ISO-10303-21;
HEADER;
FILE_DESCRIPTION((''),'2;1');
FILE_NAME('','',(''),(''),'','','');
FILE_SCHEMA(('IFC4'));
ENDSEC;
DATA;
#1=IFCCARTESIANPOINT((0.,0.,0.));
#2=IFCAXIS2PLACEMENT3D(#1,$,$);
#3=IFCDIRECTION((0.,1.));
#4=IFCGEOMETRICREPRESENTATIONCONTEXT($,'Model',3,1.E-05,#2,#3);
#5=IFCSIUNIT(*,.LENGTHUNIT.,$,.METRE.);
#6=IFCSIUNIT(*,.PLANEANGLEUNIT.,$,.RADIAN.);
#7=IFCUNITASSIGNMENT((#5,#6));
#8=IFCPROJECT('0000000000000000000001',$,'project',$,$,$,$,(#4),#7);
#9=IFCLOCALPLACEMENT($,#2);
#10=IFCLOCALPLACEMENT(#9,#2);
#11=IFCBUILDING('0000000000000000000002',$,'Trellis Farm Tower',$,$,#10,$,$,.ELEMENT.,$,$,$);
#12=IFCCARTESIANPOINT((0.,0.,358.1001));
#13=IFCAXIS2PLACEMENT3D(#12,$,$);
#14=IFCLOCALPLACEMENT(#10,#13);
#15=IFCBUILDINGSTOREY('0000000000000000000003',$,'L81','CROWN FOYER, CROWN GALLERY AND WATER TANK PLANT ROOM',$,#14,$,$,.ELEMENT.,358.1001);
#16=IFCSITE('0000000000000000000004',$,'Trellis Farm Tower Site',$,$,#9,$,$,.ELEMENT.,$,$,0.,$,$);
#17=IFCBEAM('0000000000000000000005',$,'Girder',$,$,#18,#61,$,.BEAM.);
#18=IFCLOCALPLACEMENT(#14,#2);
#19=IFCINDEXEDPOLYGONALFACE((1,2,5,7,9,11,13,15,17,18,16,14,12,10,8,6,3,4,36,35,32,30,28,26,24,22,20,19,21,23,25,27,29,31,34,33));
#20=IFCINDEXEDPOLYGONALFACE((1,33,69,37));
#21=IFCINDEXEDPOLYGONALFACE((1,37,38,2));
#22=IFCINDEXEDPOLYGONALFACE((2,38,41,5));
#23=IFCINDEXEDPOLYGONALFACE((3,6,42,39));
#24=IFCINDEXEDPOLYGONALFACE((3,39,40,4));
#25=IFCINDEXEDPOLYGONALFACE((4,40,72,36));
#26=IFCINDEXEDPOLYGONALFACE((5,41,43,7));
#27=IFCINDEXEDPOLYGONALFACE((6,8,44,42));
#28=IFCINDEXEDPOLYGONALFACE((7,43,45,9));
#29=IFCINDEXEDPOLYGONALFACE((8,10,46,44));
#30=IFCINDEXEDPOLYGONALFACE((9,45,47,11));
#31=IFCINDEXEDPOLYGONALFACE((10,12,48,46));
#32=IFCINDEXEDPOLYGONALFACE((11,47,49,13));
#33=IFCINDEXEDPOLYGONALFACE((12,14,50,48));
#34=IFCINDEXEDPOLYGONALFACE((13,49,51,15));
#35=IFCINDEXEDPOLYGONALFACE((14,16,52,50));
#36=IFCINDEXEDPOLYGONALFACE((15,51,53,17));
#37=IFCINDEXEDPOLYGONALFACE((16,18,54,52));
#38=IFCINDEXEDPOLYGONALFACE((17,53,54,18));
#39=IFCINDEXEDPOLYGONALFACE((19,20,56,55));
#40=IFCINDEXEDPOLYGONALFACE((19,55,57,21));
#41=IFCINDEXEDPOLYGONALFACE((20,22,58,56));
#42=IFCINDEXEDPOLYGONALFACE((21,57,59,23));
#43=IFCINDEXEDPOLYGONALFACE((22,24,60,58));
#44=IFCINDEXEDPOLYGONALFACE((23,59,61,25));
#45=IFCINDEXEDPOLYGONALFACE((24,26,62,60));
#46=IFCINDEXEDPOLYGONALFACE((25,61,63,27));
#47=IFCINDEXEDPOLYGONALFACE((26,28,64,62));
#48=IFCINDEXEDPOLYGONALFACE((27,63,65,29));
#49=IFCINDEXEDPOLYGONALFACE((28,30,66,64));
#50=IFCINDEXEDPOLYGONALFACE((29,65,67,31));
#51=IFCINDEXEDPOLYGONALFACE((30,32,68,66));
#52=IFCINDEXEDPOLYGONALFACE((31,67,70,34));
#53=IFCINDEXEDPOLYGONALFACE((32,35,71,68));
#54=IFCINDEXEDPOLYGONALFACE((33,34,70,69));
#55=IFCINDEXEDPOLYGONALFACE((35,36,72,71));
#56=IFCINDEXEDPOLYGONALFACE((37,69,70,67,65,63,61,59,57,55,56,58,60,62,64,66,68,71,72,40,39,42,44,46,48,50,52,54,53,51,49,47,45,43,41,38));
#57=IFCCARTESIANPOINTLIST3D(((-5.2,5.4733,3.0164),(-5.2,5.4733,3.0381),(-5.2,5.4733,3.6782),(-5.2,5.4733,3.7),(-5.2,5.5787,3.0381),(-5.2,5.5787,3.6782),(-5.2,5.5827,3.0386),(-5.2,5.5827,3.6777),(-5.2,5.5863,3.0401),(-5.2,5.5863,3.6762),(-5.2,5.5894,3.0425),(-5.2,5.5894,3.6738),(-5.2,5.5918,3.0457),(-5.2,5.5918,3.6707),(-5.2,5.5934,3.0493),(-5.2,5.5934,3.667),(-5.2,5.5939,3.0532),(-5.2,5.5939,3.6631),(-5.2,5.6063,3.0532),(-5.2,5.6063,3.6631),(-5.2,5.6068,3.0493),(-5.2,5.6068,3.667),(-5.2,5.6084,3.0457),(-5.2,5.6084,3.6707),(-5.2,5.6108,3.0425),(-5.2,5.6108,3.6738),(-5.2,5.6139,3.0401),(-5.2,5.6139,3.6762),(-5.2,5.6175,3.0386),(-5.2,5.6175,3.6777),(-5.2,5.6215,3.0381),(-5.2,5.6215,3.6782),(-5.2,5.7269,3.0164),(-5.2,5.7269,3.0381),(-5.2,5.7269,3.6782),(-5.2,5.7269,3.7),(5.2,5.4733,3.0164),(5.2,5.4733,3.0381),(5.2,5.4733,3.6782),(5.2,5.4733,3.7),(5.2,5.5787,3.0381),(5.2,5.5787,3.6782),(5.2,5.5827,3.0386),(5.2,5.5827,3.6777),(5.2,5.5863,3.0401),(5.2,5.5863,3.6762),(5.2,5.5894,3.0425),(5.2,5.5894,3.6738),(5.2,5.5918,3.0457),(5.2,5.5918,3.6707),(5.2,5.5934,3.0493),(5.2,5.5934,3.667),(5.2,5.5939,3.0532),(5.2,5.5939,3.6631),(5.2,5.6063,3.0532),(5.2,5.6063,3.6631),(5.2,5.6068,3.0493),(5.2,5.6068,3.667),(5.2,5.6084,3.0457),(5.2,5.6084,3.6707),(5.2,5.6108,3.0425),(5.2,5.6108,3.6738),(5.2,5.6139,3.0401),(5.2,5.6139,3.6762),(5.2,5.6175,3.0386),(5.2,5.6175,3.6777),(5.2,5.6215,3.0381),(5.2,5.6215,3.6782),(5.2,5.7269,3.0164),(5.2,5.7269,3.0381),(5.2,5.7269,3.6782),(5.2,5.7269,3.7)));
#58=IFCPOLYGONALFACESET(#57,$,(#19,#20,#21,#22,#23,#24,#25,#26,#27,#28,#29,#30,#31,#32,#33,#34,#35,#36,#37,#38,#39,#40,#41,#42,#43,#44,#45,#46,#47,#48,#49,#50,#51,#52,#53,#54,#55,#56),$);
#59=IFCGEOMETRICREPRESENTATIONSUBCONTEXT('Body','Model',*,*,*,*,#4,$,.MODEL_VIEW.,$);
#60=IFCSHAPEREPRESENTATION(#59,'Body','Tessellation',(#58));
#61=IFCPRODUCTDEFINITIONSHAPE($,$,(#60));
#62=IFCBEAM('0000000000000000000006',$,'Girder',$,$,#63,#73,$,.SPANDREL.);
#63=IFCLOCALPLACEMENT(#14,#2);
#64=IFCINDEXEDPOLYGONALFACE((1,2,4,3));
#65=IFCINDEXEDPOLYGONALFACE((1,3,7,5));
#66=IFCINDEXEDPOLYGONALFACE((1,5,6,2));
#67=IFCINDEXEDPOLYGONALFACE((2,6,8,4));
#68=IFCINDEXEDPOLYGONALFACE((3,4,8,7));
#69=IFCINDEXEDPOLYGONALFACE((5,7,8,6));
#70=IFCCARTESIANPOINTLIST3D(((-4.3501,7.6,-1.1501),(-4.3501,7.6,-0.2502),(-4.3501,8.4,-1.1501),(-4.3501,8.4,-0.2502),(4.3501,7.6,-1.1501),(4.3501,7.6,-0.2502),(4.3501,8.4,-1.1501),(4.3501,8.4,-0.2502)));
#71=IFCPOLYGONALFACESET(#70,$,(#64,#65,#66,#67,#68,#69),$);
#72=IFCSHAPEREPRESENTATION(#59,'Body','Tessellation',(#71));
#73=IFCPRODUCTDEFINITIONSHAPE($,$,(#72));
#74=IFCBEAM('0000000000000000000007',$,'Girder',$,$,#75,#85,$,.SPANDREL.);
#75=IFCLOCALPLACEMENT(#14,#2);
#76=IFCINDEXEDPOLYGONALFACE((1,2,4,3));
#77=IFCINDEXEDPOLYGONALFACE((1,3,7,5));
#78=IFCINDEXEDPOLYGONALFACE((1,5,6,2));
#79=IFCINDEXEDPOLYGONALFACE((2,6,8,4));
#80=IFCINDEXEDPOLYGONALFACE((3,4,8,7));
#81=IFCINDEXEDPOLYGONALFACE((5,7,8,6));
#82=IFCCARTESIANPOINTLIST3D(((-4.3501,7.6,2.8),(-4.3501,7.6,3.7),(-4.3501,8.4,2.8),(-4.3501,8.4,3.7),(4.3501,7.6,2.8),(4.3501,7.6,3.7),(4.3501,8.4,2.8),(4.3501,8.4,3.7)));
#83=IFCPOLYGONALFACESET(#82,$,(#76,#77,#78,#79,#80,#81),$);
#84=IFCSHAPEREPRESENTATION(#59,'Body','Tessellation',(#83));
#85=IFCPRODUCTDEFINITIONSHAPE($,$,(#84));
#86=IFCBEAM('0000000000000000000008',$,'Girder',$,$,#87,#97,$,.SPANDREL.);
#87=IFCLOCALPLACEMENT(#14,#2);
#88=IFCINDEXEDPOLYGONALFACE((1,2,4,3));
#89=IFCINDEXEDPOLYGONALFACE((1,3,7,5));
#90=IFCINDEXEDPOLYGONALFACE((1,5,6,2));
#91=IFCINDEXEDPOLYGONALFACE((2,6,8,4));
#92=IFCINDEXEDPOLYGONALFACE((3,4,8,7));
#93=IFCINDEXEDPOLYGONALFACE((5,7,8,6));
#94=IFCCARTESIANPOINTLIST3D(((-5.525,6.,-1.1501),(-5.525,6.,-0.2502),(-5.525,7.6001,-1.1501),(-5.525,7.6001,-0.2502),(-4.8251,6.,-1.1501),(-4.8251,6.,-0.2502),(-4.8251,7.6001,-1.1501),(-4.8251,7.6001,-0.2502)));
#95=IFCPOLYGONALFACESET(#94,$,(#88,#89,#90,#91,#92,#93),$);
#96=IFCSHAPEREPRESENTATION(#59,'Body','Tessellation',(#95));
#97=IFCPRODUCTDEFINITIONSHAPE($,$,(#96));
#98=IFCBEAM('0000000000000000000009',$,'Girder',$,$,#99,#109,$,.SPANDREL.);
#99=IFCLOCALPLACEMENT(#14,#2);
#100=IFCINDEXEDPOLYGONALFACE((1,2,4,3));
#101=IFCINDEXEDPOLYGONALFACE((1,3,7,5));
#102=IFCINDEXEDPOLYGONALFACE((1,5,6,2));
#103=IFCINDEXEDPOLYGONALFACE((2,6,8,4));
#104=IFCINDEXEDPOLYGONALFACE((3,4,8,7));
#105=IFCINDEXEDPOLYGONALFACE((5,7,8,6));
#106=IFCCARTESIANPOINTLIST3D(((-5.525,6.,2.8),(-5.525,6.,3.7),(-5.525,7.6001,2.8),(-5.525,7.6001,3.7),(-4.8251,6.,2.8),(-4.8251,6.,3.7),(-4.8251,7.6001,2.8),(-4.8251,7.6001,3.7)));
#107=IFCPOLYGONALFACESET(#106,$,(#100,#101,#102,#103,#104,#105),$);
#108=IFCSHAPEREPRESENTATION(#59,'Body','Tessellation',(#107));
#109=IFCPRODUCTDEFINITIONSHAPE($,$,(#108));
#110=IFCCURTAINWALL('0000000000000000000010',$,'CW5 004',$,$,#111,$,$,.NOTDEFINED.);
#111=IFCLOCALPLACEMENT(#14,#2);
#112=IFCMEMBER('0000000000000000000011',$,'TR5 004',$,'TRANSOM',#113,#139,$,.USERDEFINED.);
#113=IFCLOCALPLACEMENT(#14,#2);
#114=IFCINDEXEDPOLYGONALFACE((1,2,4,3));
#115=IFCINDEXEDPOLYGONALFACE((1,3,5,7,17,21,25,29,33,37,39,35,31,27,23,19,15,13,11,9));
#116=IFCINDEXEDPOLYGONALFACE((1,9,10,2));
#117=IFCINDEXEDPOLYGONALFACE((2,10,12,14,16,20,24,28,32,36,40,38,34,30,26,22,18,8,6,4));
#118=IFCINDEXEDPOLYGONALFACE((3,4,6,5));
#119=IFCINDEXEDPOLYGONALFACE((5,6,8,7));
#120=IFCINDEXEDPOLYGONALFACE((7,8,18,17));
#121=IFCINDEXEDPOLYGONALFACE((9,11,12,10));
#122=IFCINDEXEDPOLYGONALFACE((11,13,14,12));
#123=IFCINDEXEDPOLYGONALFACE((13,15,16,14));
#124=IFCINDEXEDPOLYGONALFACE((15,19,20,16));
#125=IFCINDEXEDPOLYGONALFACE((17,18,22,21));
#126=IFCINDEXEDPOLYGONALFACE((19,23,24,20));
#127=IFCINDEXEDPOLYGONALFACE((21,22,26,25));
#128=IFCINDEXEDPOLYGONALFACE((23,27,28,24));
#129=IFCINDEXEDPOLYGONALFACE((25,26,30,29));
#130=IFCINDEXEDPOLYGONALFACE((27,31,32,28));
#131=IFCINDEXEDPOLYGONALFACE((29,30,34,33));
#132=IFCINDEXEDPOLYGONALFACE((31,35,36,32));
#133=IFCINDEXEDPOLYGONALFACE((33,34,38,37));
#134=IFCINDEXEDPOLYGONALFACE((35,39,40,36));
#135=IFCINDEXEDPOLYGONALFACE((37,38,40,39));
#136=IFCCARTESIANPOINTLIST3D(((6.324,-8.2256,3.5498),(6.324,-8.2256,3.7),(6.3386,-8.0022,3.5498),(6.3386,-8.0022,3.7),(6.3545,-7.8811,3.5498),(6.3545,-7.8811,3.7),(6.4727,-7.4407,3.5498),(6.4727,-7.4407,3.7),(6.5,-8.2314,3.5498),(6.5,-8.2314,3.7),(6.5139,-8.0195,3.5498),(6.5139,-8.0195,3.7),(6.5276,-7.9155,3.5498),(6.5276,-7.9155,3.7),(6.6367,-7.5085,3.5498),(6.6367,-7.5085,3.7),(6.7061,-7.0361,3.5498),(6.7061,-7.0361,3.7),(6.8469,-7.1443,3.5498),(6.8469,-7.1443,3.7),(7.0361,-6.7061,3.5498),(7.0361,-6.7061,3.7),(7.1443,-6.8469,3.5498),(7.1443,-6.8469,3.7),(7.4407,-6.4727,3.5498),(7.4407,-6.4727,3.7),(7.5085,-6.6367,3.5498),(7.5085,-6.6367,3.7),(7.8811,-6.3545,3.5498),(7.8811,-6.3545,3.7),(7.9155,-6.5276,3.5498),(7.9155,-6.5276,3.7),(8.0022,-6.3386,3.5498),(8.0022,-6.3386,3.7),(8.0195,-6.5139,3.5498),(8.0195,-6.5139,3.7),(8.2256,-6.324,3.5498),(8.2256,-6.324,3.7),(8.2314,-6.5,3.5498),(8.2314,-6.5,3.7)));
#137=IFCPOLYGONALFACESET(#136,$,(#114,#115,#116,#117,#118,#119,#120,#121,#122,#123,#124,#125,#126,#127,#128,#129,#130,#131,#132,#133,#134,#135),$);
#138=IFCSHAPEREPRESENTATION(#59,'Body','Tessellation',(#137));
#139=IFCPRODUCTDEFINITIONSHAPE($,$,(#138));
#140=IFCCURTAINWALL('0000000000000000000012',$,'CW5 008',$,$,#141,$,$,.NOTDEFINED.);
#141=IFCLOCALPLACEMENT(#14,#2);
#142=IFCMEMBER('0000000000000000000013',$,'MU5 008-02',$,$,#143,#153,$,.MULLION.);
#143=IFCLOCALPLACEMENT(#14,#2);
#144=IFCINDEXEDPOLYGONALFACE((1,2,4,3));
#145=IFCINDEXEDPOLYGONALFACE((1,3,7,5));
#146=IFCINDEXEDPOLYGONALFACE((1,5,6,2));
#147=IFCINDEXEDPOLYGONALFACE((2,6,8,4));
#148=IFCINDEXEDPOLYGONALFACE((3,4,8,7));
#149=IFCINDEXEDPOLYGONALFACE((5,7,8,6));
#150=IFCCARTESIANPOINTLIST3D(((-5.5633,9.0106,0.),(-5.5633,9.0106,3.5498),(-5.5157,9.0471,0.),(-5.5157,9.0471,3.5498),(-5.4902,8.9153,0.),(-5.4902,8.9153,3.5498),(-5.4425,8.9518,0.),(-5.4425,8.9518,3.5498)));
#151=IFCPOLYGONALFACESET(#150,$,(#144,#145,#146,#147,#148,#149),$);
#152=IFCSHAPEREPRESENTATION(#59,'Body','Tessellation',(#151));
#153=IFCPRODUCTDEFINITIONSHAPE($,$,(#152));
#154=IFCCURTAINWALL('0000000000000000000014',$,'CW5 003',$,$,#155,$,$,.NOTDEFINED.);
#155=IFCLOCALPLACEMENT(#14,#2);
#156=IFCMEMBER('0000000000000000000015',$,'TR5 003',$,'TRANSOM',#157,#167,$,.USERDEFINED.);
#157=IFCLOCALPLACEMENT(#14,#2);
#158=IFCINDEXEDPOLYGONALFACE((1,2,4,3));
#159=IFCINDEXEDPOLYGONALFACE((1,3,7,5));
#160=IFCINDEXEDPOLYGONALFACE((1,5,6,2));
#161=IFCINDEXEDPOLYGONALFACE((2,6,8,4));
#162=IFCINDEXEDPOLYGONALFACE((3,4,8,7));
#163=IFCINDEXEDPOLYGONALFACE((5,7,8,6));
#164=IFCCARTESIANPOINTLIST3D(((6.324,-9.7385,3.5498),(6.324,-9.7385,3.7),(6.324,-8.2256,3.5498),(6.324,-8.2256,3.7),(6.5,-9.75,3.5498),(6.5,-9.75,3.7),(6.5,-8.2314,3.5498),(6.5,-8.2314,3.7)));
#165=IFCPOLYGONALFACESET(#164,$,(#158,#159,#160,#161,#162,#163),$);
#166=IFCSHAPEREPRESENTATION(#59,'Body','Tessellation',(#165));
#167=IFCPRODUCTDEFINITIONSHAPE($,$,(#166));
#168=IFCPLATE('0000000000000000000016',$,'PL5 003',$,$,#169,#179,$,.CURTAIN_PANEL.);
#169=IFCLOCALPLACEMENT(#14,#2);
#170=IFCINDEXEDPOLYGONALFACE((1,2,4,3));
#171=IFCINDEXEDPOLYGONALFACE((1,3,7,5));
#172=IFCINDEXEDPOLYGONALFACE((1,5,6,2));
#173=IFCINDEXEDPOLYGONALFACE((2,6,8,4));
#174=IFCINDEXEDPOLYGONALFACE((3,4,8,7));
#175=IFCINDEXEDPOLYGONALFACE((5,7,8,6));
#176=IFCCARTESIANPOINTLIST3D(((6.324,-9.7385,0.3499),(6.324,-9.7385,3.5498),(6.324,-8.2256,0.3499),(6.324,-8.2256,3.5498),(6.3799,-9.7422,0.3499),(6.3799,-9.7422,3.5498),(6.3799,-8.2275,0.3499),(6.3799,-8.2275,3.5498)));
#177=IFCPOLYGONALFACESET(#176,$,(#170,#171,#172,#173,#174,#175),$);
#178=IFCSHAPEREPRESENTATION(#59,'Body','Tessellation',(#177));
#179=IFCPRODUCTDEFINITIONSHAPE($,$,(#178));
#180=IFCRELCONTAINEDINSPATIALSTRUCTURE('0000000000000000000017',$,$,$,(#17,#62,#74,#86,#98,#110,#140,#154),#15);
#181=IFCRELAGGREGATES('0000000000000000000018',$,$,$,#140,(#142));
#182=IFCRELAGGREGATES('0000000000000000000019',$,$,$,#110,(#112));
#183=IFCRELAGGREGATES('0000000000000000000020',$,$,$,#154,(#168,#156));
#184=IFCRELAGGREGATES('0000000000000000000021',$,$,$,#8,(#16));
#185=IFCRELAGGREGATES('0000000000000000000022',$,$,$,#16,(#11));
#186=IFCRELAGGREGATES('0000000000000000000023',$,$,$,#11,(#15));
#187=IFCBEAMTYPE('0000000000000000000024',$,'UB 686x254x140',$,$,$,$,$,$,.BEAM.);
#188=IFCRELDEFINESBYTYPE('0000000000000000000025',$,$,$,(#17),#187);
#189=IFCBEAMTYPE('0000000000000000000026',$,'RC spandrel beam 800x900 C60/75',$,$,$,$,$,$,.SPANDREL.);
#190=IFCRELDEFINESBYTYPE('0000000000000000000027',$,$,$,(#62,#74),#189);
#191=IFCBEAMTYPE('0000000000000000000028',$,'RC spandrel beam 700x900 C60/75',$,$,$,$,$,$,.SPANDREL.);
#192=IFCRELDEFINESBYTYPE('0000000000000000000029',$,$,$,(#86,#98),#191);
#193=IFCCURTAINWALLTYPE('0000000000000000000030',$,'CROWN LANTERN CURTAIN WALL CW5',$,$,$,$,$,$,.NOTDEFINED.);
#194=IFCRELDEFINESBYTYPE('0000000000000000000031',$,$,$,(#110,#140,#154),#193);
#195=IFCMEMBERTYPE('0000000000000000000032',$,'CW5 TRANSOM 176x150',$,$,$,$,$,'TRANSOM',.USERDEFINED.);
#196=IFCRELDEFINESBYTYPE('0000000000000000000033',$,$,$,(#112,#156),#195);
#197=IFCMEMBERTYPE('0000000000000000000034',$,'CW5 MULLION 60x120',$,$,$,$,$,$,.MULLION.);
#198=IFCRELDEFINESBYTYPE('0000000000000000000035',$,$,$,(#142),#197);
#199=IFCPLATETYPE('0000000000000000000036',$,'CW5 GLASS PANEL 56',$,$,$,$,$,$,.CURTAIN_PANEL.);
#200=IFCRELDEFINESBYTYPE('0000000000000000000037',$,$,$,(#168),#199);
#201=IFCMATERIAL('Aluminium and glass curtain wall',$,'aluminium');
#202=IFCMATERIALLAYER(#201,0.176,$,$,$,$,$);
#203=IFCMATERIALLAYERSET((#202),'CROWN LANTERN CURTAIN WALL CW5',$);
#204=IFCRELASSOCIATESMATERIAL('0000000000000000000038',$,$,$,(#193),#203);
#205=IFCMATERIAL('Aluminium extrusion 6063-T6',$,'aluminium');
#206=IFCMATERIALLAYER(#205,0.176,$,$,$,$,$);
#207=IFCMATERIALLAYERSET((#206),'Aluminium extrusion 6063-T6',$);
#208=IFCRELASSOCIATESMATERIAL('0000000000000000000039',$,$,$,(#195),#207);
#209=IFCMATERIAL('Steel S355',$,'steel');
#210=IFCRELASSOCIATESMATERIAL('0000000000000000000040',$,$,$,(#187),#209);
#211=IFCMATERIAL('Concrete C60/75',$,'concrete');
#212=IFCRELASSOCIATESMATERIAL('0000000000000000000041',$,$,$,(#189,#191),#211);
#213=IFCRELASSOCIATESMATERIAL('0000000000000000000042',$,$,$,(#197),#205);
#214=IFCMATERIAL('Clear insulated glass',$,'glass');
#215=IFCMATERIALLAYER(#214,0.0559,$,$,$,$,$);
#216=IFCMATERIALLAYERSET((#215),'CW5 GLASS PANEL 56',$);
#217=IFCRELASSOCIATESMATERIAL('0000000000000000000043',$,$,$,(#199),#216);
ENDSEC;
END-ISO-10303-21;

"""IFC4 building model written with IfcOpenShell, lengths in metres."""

from ifc_helpers import new_model, si_unit, direction, frame, origin, origin_2d, place, context, subcontext, project, spatial, polyline, rectangle, i_section, outline, extrude, source, transform, mapped, material, layer, layer_set, material_profile, profile_set, type_object, element, aggregate, save


model = new_model("IFC4")

# Units and contexts
model_context = context("Model", 3, precision=1e-05, world=origin(), true_north=direction((0.0, 1.0)))
body_context = subcontext(model_context, "Body", "Model", "MODEL_VIEW")
ifc_project = project(units=[si_unit("LENGTHUNIT", "METRE"), si_unit("PLANEANGLEUNIT", "RADIAN")], contexts=[model_context])

# Site, building, storey
site_placement = place(None, origin())
site = spatial("IfcSite", under=ifc_project, at=site_placement, Name="Trellis Farm Tower Site", CompositionType="ELEMENT", RefElevation=0.0)
building_placement = place(site_placement, origin())
building = spatial("IfcBuilding", under=site, at=building_placement, Name="Trellis Farm Tower", CompositionType="ELEMENT")
storey_placement = place(building_placement, frame((0.0, 0.0, 358.1001)))
storey = spatial("IfcBuildingStorey", under=building, at=storey_placement, Name="L81", Description="CROWN FOYER, CROWN GALLERY AND WATER TANK PLANT ROOM", CompositionType="ELEMENT", Elevation=358.1001)

# Shared definitions
ifc_material_1 = material(Name="Aluminium and glass curtain wall", Category="aluminium")
ifc_layer_1 = layer(ifc_material_1, 0.176)
ifc_layer_set_1 = layer_set([ifc_layer_1], Name="CROWN LANTERN CURTAIN WALL CW5")
curtain_wall_type = type_object("IfcCurtainWallType", Name="CROWN LANTERN CURTAIN WALL CW5", PredefinedType="NOTDEFINED", material=ifc_layer_set_1)
placement_1 = place(storey_placement, origin())
ifc_material_2 = material(Name="Aluminium extrusion 6063-T6", Category="aluminium")
ifc_layer_2 = layer(ifc_material_2, 0.176)
ifc_layer_set_2 = layer_set([ifc_layer_2], Name="Aluminium extrusion 6063-T6")
member_type_1 = type_object("IfcMemberType", Name="CW5 TRANSOM 176x150", ElementType="TRANSOM", PredefinedType="USERDEFINED", material=ifc_layer_set_2)
placement_2 = place(storey_placement, frame((0.0, 0.0, 3.5498)))

# Beams
ifc_material_3 = material(Name="Steel S355", Category="steel")
ifc_material_profile_1 = material_profile(ifc_material_3, i_section(OverallWidth=0.2537, OverallDepth=0.6836, WebThickness=0.0125, FlangeThickness=0.0217, FilletRadius=0.0151, at=origin_2d()), Name="UB 686x254x140")
ifc_profile_set_1 = profile_set([ifc_material_profile_1], Name="Steel S355")
beam_type_1 = type_object("IfcBeamType", Name="UB 686x254x140", PredefinedType="BEAM", material=ifc_profile_set_1)
shared_shape_1 = source(origin(), body_context, "Body", "SweptSolid", [
    extrude(i_section(OverallWidth=0.2537, OverallDepth=0.6836, WebThickness=0.0125, FlangeThickness=0.0217, FilletRadius=0.0151, at=origin_2d()), origin(), (0.0, 0.0, 1.0), 10.3999),
])
for number, where, z_axis, x_axis, name in (
    (1, (-5.2, 5.6001, 3.3582), (1.0, 0.0, 0.0), (0.0, 1.0, 0.0), "Girder"),
):
    element("IfcBeam", number, at=place(storey_placement, frame(where, z_axis=z_axis, x_axis=x_axis)), inside=storey, type_object=beam_type_1, Name=name, PredefinedType="BEAM", context=body_context, shape_type="MappedRepresentation", body=[
        mapped(shared_shape_1, transform((0.0, 0.0, 0.0))),
    ])
ifc_material_4 = material(Name="Concrete C60/75", Category="concrete")
ifc_material_profile_2 = material_profile(ifc_material_4, rectangle(XDim=0.8, YDim=0.8999, at=origin_2d()), Name="RC spandrel beam 800x900 C60/75")
ifc_profile_set_2 = profile_set([ifc_material_profile_2], Name="Concrete C60/75")
beam_type_2 = type_object("IfcBeamType", Name="RC spandrel beam 800x900 C60/75", PredefinedType="SPANDREL", material=ifc_profile_set_2)
shared_shape_2 = source(origin(), body_context, "Body", "SweptSolid", [
    extrude(rectangle(XDim=0.8, YDim=0.8999, at=origin_2d()), origin(), (0.0, 0.0, 1.0), 8.7002),
])
for number, where, z_axis, x_axis, name in (
    (2, (-4.3501, 8.0, -0.7002), (1.0, 0.0, 0.0), (0.0, 1.0, 0.0), "Girder"),
    (3, (-4.3501, 8.0, 3.25), (1.0, 0.0, 0.0), (0.0, 1.0, 0.0), "Girder"),
):
    element("IfcBeam", number, at=place(storey_placement, frame(where, z_axis=z_axis, x_axis=x_axis)), inside=storey, type_object=beam_type_2, Name=name, PredefinedType="SPANDREL", context=body_context, shape_type="MappedRepresentation", body=[
        mapped(shared_shape_2, transform((0.0, 0.0, 0.0))),
    ])
ifc_material_profile_3 = material_profile(ifc_material_4, rectangle(XDim=0.7, YDim=0.8999, at=origin_2d()), Name="RC spandrel beam 700x900 C60/75")
ifc_profile_set_3 = profile_set([ifc_material_profile_3], Name="Concrete C60/75")
beam_type_3 = type_object("IfcBeamType", Name="RC spandrel beam 700x900 C60/75", PredefinedType="SPANDREL", material=ifc_profile_set_3)
shared_shape_3 = source(origin(), body_context, "Body", "SweptSolid", [
    extrude(rectangle(XDim=0.7, YDim=0.8999, at=origin_2d()), origin(), (0.0, 0.0, 1.0), 1.6001),
])
for number, where, z_axis, x_axis, name in (
    (4, (-5.175, 6.0, -0.7002), (0.0, 1.0, 0.0), (-1.0, 0.0, 0.0), "Girder"),
    (5, (-5.175, 6.0, 3.25), (0.0, 1.0, 0.0), (-1.0, 0.0, 0.0), "Girder"),
):
    element("IfcBeam", number, at=place(storey_placement, frame(where, z_axis=z_axis, x_axis=x_axis)), inside=storey, type_object=beam_type_3, Name=name, PredefinedType="SPANDREL", context=body_context, shape_type="MappedRepresentation", body=[
        mapped(shared_shape_3, transform((0.0, 0.0, 0.0))),
    ])

# Curtain walls, members
curtain_wall_1 = element("IfcCurtainWall", 6, at=placement_1, inside=storey, type_object=curtain_wall_type, Name="CW5 004", PredefinedType="NOTDEFINED")
shared_shape_4 = source(origin(), body_context, "Body", "SweptSolid", [
    extrude(outline(polyline([(6.5, -8.2314), (6.5139, -8.0195), (6.5276, -7.9155), (6.6367, -7.5085), (6.8469, -7.1443), (7.1443, -6.8469), (7.5085, -6.6367), (7.9155, -6.5276), (8.0195, -6.5139), (8.2314, -6.5), (8.2256, -6.324), (8.0022, -6.3386), (7.8811, -6.3545), (7.4407, -6.4727), (7.0361, -6.7061), (6.7061, -7.0361), (6.4727, -7.4407), (6.3545, -7.8811), (6.3386, -8.0022), (6.324, -8.2256), (6.5, -8.2314)])), origin(), (0.0, 0.0, 1.0), 0.1501),
])
member_1 = element("IfcMember", 7, at=placement_2, type_object=member_type_1, Name="TR5 004", ObjectType="TRANSOM", PredefinedType="USERDEFINED", context=body_context, shape_type="MappedRepresentation", body=[
    mapped(shared_shape_4, transform((0.0, 0.0, 0.0))),
])
curtain_wall_2 = element("IfcCurtainWall", 8, at=placement_1, inside=storey, type_object=curtain_wall_type, Name="CW5 008", PredefinedType="NOTDEFINED")
ifc_material_profile_4 = material_profile(ifc_material_2, rectangle(XDim=0.0601, YDim=0.1201, at=origin_2d()), Name="MULLION 60x120")
ifc_profile_set_4 = profile_set([ifc_material_profile_4], Name="Aluminium extrusion 6063-T6")
member_type_2 = type_object("IfcMemberType", Name="CW5 MULLION 60x120", PredefinedType="MULLION", material=ifc_profile_set_4)
shared_shape_5 = source(origin(), body_context, "Body", "SweptSolid", [
    extrude(rectangle(XDim=0.0601, YDim=0.1201, at=origin_2d()), origin(), (0.0, 0.0, 1.0), 3.5498),
])
member_2_placement = place(storey_placement, frame((-5.5029, 8.9812, 0.0), z_axis=(0.0, 0.0, 1.0), x_axis=(-0.793353, -0.608761, 0.0)))
member_2 = element("IfcMember", 9, at=member_2_placement, type_object=member_type_2, Name="MU5 008-02", PredefinedType="MULLION", context=body_context, shape_type="MappedRepresentation", body=[
    mapped(shared_shape_5, transform((0.0, 0.0, 0.0))),
])
aggregate(curtain_wall_2, [member_2])

# Curtain wall, member, plate
curtain_wall_3 = element("IfcCurtainWall", 10, at=placement_1, inside=storey, type_object=curtain_wall_type, Name="CW5 003", PredefinedType="NOTDEFINED")
shared_shape_6 = source(origin(), body_context, "Body", "SweptSolid", [
    extrude(outline(polyline([(6.5, -9.75), (6.5, -8.2314), (6.324, -8.2256), (6.324, -9.7385), (6.5, -9.75)])), origin(), (0.0, 0.0, 1.0), 0.1501),
])
member_3 = element("IfcMember", 11, at=placement_2, type_object=member_type_1, Name="TR5 003", ObjectType="TRANSOM", PredefinedType="USERDEFINED", context=body_context, shape_type="MappedRepresentation", body=[
    mapped(shared_shape_6, transform((0.0, 0.0, 0.0))),
])
ifc_material_5 = material(Name="Clear insulated glass", Category="glass")
ifc_layer_3 = layer(ifc_material_5, 0.0559)
ifc_layer_set_3 = layer_set([ifc_layer_3], Name="CW5 GLASS PANEL 56")
plate_type_1 = type_object("IfcPlateType", Name="CW5 GLASS PANEL 56", PredefinedType="CURTAIN_PANEL", material=ifc_layer_set_3)
placement_3 = place(storey_placement, frame((0.0, 0.0, 0.3499)))
plate_1 = element("IfcPlate", 12, at=placement_3, type_object=plate_type_1, Name="PL5 003", PredefinedType="CURTAIN_PANEL", context=body_context, shape_type="SweptSolid", body=[
    extrude(outline(polyline([(6.3799, -9.7422), (6.3799, -8.2275), (6.324, -8.2256), (6.324, -9.7385), (6.3799, -9.7422)])), origin(), (0.0, 0.0, 1.0), 3.2),
])

aggregate(curtain_wall_1, [member_1])
aggregate(curtain_wall_3, [plate_1, member_3])

save(model, "model.ifc")
